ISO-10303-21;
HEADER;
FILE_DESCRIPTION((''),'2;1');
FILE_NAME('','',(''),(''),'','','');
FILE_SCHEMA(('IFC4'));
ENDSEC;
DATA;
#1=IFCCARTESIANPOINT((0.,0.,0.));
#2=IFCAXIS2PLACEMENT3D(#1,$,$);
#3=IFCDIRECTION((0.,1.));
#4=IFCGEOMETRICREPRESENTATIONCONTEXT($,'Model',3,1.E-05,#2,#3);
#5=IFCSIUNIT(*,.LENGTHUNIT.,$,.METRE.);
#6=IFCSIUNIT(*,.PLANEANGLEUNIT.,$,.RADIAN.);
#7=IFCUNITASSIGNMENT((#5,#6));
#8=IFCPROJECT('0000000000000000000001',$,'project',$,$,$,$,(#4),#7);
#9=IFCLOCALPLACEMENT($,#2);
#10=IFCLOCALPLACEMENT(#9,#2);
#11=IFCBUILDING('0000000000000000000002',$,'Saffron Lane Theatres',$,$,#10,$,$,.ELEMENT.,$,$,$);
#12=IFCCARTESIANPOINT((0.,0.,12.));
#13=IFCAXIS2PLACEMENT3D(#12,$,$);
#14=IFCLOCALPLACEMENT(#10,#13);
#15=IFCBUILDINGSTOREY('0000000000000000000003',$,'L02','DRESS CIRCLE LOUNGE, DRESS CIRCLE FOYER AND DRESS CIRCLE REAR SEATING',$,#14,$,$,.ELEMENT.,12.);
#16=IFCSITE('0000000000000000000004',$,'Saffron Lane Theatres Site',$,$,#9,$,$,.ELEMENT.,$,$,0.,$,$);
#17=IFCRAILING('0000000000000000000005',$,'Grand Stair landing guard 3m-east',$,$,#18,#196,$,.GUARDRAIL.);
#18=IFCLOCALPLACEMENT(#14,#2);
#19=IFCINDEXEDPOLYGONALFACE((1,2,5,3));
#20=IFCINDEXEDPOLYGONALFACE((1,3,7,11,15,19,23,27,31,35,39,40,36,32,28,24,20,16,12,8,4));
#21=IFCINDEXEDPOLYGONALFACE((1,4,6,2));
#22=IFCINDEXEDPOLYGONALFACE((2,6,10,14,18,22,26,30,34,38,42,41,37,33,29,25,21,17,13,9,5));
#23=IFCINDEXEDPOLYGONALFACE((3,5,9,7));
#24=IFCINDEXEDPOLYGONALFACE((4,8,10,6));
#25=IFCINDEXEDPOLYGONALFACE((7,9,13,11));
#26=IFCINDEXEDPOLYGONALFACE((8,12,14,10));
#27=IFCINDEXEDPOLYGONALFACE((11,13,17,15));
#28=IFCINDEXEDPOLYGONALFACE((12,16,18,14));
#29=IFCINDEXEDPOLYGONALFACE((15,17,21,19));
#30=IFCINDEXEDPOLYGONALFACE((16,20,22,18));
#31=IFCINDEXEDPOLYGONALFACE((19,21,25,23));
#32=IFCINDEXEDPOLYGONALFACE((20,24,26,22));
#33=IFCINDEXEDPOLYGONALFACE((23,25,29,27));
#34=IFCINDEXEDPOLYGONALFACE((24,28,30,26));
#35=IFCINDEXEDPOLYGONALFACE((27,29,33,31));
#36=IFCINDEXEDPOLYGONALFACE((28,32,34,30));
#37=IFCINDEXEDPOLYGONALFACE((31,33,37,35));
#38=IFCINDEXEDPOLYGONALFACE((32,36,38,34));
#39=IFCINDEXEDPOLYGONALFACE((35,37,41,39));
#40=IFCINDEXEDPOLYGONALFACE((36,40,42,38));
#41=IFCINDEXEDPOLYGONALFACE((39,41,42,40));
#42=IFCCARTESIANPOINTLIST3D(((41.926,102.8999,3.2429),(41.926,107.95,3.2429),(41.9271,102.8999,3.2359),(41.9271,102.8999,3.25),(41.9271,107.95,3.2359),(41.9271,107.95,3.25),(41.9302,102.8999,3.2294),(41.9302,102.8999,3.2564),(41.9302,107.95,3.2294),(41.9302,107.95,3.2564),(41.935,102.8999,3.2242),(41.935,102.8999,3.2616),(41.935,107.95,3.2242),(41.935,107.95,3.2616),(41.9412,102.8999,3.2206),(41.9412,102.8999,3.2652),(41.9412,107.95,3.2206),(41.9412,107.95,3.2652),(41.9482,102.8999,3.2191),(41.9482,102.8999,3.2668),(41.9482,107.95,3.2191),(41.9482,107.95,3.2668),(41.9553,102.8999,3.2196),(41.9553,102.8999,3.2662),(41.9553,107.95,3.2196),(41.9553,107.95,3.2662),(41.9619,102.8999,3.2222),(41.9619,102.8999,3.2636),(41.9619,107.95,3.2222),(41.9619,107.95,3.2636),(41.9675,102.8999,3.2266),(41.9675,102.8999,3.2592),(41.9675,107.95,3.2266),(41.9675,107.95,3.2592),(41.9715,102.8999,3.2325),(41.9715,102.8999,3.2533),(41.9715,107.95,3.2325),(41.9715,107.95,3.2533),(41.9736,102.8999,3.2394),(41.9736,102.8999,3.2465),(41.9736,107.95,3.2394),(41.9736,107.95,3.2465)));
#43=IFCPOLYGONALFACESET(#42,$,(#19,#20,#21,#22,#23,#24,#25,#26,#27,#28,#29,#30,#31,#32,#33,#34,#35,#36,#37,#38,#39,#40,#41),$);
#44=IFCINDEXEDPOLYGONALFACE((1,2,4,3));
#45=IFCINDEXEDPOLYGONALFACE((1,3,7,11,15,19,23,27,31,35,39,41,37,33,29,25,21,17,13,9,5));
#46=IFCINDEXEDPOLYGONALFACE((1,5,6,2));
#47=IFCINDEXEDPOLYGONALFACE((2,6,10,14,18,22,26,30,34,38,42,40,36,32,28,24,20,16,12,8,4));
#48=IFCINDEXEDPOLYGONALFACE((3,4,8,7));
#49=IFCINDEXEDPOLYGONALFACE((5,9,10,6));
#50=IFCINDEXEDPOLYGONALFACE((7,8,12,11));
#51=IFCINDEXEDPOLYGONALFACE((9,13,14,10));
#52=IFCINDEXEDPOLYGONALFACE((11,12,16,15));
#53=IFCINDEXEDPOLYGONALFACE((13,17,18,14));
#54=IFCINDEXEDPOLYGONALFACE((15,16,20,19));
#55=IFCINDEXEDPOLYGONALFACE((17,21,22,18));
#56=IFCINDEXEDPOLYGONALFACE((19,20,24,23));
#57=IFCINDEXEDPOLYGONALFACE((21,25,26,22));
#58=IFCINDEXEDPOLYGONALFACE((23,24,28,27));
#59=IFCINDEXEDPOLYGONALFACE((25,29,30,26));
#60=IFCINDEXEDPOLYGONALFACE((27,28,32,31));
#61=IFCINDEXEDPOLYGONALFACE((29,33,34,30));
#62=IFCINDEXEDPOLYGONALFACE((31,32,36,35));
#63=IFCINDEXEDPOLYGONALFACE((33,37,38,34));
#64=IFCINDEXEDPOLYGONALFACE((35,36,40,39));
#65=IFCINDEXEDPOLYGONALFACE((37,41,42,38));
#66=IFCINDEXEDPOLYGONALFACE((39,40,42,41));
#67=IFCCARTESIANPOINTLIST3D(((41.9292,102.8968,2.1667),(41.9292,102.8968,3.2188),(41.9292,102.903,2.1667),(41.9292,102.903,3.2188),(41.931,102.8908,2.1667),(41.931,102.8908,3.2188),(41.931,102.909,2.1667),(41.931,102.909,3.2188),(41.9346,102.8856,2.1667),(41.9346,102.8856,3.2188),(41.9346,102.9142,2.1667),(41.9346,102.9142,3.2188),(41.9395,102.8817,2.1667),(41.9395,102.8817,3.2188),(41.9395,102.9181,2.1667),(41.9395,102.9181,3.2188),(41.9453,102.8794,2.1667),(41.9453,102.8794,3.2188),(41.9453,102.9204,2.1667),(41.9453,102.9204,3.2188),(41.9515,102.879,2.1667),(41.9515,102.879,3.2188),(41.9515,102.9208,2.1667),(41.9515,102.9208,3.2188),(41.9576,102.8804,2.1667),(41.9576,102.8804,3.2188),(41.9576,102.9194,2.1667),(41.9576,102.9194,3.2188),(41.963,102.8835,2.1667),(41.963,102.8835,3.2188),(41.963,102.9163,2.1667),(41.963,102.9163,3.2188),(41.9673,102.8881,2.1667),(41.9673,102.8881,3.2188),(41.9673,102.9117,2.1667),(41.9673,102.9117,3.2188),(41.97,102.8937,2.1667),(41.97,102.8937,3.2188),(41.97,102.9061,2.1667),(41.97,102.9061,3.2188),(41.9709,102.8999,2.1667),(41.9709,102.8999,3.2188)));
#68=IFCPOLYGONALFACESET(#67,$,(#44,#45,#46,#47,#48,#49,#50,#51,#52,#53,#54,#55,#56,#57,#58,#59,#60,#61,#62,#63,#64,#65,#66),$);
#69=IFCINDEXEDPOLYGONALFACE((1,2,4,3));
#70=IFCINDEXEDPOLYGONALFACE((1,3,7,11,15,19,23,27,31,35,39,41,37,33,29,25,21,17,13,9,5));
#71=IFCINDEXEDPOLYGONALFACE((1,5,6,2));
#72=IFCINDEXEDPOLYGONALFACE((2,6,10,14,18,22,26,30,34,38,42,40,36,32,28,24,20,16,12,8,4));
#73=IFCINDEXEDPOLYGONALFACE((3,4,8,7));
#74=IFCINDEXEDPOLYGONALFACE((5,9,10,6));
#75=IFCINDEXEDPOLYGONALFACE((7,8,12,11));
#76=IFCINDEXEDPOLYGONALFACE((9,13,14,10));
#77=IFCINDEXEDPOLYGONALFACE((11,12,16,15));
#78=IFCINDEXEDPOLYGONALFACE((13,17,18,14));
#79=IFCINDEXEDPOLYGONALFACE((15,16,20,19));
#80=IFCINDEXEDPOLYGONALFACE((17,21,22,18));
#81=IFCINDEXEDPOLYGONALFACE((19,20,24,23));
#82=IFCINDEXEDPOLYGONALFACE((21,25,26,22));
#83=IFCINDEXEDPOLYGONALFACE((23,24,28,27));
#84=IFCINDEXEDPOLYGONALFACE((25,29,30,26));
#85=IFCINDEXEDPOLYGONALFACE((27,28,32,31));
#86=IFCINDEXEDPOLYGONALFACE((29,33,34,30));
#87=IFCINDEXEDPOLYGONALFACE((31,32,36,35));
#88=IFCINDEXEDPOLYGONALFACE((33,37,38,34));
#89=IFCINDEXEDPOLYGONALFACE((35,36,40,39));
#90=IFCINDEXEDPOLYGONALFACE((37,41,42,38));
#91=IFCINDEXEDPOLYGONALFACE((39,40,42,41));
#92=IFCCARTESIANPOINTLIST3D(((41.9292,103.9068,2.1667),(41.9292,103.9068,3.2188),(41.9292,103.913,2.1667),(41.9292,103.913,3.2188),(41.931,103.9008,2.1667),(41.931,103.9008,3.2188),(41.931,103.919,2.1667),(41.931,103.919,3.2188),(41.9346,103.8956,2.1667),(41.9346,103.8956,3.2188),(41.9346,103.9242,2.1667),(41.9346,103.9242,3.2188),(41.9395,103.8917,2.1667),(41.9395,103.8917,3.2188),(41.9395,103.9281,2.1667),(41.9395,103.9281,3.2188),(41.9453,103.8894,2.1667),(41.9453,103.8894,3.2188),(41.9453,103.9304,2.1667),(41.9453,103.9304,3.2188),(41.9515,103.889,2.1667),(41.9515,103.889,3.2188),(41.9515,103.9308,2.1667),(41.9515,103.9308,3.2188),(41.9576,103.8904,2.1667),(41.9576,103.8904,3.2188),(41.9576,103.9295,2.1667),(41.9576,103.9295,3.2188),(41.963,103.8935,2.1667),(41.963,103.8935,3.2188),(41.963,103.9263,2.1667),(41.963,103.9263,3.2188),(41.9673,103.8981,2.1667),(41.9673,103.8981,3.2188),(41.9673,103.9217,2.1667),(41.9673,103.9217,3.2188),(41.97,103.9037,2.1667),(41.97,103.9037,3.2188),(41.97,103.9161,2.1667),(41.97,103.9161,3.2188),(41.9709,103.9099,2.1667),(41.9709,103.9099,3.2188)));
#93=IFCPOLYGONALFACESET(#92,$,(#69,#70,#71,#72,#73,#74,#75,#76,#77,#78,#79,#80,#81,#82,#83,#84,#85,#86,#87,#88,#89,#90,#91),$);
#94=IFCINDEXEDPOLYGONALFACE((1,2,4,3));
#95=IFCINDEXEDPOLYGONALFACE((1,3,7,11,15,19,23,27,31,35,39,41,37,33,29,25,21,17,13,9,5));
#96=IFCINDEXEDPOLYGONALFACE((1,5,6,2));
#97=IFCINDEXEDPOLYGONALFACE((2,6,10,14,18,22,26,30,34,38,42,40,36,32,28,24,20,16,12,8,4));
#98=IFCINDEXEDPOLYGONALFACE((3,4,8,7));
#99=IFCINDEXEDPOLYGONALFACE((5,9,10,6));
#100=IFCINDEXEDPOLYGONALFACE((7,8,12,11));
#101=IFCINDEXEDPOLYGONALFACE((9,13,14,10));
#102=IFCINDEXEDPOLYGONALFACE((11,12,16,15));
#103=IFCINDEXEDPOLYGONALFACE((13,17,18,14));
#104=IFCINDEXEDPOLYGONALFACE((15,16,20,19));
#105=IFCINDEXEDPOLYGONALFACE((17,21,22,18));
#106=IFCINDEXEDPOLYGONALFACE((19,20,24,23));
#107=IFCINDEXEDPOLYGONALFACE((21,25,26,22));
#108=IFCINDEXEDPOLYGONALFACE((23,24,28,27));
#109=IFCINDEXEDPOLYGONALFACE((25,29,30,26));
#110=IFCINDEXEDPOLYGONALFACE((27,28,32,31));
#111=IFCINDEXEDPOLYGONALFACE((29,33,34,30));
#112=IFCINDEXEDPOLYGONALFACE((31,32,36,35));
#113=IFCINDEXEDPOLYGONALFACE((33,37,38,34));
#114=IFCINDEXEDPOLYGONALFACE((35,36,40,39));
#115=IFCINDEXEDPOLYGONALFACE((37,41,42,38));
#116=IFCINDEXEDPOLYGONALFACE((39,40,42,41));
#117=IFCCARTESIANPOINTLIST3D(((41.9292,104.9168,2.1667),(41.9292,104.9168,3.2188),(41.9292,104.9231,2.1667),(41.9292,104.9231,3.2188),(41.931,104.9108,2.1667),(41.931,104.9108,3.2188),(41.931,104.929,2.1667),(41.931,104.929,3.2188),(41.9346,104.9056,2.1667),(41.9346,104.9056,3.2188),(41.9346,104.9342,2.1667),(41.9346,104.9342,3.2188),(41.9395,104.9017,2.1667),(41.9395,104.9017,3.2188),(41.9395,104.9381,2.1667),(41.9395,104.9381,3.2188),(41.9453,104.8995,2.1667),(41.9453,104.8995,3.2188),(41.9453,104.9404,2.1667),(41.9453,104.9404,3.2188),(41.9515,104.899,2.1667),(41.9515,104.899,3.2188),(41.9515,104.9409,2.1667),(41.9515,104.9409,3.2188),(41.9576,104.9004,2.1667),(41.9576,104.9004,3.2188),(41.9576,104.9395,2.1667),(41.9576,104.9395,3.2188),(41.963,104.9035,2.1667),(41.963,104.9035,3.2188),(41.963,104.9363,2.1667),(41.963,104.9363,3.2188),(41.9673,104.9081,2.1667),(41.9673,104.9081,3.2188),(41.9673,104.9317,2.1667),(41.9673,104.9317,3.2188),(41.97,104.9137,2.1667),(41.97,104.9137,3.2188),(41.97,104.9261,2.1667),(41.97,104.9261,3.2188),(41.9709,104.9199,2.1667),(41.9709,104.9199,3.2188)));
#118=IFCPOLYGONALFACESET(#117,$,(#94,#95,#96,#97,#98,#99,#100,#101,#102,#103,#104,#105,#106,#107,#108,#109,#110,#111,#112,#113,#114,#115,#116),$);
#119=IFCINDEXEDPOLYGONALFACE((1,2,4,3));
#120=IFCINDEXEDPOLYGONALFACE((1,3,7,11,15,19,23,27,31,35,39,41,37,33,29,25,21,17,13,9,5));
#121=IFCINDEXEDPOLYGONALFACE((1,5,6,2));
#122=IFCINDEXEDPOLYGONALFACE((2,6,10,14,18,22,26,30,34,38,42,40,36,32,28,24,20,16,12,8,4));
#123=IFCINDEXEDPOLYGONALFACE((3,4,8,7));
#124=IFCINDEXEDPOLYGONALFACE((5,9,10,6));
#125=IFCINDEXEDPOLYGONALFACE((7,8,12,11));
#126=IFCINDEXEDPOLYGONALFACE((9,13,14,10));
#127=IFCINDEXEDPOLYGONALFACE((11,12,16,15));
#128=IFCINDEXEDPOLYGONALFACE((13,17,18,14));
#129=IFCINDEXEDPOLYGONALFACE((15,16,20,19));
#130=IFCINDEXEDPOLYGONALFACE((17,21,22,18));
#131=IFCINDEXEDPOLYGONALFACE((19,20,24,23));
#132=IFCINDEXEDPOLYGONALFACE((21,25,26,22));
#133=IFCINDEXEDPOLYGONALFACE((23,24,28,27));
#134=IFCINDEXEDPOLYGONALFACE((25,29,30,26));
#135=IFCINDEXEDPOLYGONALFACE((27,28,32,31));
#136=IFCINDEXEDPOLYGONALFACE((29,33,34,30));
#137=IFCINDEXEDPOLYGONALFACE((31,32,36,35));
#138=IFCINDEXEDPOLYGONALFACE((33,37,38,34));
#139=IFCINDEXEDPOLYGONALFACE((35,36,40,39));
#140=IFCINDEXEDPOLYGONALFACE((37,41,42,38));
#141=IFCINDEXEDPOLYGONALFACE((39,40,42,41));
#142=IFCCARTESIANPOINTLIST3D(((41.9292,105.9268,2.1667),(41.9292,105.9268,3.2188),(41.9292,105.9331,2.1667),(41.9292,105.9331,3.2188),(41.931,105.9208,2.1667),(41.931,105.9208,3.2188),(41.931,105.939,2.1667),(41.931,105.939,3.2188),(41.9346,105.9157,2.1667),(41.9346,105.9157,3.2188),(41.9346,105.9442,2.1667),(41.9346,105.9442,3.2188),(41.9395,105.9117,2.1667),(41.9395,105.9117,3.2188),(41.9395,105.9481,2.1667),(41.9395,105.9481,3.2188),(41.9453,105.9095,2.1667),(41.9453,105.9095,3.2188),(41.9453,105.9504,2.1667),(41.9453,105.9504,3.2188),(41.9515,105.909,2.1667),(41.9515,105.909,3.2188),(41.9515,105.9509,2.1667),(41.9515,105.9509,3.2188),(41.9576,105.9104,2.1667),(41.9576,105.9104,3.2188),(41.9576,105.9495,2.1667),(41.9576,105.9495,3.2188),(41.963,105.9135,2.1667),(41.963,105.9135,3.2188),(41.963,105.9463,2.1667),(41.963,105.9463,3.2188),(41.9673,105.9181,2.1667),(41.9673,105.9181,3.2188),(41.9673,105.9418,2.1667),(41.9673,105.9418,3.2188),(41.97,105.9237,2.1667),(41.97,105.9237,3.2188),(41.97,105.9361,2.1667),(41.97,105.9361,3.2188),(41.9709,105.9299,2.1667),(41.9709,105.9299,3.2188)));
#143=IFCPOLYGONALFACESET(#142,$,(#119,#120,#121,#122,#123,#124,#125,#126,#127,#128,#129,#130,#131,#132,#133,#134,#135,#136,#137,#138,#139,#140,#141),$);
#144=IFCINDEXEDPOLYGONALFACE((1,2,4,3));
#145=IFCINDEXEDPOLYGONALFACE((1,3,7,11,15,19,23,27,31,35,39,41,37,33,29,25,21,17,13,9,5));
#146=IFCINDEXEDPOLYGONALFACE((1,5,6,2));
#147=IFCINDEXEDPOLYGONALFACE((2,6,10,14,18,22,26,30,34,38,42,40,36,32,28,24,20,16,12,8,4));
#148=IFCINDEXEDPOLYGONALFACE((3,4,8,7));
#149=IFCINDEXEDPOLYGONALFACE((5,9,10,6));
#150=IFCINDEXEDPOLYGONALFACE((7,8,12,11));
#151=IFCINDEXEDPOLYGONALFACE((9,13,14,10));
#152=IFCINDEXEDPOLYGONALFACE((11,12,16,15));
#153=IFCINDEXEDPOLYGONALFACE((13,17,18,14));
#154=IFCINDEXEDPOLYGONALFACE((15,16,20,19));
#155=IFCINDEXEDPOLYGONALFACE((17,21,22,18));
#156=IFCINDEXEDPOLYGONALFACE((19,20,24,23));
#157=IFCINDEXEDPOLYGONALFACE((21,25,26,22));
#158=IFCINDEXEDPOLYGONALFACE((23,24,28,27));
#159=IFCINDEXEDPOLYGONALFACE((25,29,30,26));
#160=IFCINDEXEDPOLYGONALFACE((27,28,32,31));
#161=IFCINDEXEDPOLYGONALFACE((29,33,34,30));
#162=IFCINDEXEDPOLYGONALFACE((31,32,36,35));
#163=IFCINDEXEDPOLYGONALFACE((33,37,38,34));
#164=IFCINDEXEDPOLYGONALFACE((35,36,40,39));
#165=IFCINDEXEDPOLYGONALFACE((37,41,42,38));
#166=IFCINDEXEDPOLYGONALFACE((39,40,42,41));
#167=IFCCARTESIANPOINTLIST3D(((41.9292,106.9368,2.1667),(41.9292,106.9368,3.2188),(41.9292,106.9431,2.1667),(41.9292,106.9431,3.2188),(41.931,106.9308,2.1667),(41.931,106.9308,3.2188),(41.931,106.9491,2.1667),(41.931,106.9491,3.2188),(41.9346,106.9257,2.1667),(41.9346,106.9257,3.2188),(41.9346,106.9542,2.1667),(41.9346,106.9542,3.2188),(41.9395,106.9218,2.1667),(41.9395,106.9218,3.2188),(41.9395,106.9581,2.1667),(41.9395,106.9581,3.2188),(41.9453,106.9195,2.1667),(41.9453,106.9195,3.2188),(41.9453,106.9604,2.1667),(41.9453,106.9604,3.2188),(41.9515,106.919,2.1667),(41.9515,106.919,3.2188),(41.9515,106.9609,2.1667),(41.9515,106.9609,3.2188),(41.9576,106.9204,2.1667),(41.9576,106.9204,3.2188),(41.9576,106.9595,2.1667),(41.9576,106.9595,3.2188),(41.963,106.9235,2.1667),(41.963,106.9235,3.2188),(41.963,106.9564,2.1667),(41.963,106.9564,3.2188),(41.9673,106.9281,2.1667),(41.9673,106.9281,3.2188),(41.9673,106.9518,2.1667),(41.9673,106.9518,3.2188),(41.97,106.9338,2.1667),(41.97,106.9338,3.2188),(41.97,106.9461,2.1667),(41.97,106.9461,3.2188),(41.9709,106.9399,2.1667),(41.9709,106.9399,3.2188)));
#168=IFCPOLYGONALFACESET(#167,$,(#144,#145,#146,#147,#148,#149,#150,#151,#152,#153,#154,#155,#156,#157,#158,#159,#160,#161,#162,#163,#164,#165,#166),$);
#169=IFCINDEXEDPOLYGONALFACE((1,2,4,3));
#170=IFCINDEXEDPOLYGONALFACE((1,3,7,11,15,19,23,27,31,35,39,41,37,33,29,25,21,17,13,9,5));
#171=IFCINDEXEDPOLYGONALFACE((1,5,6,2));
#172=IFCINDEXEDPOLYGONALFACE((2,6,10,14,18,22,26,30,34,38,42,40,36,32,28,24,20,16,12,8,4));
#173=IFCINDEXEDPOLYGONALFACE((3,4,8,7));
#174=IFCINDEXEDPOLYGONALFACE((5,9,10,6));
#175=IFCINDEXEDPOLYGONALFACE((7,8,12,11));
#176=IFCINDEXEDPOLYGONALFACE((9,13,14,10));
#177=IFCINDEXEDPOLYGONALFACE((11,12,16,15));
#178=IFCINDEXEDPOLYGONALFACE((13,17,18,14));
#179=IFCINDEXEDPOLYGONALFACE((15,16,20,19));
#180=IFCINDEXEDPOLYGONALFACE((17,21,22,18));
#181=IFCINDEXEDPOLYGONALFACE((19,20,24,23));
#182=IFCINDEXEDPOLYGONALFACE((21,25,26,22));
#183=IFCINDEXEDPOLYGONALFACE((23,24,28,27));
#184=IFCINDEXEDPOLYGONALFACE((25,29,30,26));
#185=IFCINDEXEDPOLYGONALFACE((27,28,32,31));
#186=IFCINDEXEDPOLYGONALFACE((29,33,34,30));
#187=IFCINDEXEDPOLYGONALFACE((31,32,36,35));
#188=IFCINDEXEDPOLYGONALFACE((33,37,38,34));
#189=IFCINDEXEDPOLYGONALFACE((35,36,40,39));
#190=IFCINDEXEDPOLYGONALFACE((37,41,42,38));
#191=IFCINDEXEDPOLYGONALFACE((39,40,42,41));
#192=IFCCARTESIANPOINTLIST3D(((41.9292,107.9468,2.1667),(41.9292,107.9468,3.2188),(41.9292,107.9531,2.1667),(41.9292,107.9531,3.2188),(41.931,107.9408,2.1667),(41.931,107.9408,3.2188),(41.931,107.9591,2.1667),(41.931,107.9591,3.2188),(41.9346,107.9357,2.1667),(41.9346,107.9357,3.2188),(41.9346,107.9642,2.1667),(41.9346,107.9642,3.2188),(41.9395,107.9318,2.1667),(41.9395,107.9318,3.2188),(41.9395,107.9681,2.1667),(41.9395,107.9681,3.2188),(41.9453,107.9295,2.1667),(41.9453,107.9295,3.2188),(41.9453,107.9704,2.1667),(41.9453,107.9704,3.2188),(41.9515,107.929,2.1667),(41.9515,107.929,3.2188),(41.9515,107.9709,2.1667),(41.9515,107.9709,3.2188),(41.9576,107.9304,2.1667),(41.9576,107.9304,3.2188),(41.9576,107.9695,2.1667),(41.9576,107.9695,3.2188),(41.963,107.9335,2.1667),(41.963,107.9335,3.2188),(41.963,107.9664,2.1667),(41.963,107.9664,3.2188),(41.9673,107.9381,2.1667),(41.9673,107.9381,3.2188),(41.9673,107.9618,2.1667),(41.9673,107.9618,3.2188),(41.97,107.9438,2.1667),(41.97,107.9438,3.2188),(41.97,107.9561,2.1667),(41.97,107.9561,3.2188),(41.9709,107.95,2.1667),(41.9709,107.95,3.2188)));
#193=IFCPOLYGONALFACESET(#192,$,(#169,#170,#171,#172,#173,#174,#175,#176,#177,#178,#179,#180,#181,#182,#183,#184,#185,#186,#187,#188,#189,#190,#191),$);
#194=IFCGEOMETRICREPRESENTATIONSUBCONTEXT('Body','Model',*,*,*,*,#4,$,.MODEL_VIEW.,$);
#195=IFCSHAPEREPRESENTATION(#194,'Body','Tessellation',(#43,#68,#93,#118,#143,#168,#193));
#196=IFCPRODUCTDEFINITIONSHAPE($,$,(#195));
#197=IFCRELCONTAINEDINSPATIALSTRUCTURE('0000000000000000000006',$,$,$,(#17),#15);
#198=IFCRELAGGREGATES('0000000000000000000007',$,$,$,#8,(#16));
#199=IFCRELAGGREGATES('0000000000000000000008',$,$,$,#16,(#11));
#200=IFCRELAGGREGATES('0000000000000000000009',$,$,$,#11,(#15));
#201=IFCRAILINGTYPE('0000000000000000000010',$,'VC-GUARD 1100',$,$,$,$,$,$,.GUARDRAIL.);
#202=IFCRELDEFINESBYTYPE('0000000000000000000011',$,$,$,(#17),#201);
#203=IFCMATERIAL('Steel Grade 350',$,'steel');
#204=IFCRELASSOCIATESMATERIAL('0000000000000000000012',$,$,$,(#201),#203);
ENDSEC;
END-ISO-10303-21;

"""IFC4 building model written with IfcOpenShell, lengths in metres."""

from ifc_helpers import new_model, si_unit, direction, frame, origin, origin_2d, place, context, subcontext, project, spatial, circle, extrude, material, type_object, element, save


model = new_model("IFC4")

# Units and contexts
model_context = context("Model", 3, precision=1e-05, world=origin(), true_north=direction((0.0, 1.0)))
body_context = subcontext(model_context, "Body", "Model", "MODEL_VIEW")
ifc_project = project(units=[si_unit("LENGTHUNIT", "METRE"), si_unit("PLANEANGLEUNIT", "RADIAN")], contexts=[model_context])

# Site, building, storey
site_placement = place(None, origin())
site = spatial("IfcSite", under=ifc_project, at=site_placement, Name="Saffron Lane Theatres Site", CompositionType="ELEMENT", RefElevation=0.0)
building_placement = place(site_placement, origin())
building = spatial("IfcBuilding", under=site, at=building_placement, Name="Saffron Lane Theatres", CompositionType="ELEMENT")
storey_placement = place(building_placement, frame((0.0, 0.0, 12.0)))
storey = spatial("IfcBuildingStorey", under=building, at=storey_placement, Name="L02", Description="DRESS CIRCLE LOUNGE, DRESS CIRCLE FOYER AND DRESS CIRCLE REAR SEATING", CompositionType="ELEMENT", Elevation=12.0)

# Railing
ifc_material_1 = material(Name="Steel Grade 350", Category="steel")
railing_type_1 = type_object("IfcRailingType", Name="VC-GUARD 1100", PredefinedType="GUARDRAIL", material=ifc_material_1)
railing_1_placement = place(storey_placement, frame((41.95, 102.8999, 2.1667)))
element("IfcRailing", 1, at=railing_1_placement, inside=storey, type_object=railing_type_1, Name="Grand Stair landing guard 3m-east", PredefinedType="GUARDRAIL", context=body_context, shape_type="SweptSolid", body=[
    extrude(circle(Radius=0.0239, at=origin_2d()), frame((0.0, 0.0, 1.0762), z_axis=(0.0, 1.0, 0.0), x_axis=(-1.0, 0.0, 0.0)), (0.0, 0.0, 1.0), 5.05),
    extrude(circle(Radius=0.021, at=origin_2d()), origin(), (0.0, 0.0, 1.0), 1.052),
    extrude(circle(Radius=0.021, at=origin_2d()), frame((0.0, 1.01, 0.0)), (0.0, 0.0, 1.0), 1.052),
    extrude(circle(Radius=0.021, at=origin_2d()), frame((0.0, 2.02, 0.0)), (0.0, 0.0, 1.0), 1.052),
    extrude(circle(Radius=0.021, at=origin_2d()), frame((0.0, 3.03, 0.0)), (0.0, 0.0, 1.0), 1.052),
    extrude(circle(Radius=0.021, at=origin_2d()), frame((0.0, 4.04, 0.0)), (0.0, 0.0, 1.0), 1.052),
    extrude(circle(Radius=0.021, at=origin_2d()), frame((0.0, 5.05, 0.0)), (0.0, 0.0, 1.0), 1.052),
])

save(model, "model.ifc")
